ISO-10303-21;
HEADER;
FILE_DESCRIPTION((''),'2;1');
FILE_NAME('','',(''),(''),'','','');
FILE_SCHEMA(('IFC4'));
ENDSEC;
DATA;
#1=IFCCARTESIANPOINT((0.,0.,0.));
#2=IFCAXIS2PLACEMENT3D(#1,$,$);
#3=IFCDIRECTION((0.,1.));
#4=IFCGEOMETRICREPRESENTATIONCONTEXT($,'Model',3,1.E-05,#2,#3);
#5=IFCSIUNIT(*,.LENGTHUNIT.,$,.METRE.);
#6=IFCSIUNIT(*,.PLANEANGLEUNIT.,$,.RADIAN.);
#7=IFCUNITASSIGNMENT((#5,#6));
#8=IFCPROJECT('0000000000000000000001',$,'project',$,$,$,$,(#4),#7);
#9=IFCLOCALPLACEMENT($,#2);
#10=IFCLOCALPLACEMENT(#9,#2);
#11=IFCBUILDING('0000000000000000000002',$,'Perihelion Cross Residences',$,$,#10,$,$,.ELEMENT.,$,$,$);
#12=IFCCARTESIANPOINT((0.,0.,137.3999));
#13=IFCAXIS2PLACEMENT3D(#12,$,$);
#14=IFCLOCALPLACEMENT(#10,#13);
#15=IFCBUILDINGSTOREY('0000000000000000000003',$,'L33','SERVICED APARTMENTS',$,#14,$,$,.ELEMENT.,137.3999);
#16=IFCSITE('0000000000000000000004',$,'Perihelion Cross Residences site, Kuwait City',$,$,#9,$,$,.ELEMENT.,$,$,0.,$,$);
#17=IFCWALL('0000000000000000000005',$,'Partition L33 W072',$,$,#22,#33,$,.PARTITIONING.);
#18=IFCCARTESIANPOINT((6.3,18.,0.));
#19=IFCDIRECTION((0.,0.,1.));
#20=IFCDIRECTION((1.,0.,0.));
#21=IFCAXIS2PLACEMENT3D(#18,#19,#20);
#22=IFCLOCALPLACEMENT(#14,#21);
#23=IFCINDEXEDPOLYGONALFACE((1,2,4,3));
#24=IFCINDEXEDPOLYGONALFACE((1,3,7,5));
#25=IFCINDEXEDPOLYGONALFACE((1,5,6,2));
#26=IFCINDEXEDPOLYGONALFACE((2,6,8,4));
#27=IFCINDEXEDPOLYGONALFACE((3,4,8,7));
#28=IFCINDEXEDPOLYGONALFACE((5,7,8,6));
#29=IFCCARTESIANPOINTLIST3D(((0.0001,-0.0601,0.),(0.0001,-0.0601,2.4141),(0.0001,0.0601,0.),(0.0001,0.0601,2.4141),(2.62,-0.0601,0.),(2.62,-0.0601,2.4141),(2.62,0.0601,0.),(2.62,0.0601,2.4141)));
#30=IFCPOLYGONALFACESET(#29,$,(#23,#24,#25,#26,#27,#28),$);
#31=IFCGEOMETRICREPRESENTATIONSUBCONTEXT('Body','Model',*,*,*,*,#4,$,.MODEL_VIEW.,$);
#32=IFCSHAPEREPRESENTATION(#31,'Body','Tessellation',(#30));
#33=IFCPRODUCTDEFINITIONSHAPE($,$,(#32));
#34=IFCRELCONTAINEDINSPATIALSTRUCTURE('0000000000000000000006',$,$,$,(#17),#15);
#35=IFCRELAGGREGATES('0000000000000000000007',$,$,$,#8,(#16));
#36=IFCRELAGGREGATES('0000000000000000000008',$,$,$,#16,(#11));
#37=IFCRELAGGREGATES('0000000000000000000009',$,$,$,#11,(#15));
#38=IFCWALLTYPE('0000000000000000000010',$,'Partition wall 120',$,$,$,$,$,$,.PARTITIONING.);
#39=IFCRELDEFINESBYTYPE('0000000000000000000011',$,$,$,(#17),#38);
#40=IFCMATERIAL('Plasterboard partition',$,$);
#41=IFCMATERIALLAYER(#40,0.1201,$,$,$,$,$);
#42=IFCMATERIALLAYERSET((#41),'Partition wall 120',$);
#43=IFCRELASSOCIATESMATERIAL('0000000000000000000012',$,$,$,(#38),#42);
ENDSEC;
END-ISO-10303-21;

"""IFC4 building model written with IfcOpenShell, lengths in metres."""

from ifc_helpers import new_model, si_unit, direction, frame, frame_2d, origin, place, context, subcontext, project, spatial, rectangle, extrude, material, layer, layer_set, type_object, element, save


model = new_model("IFC4")

# Units and contexts
model_context = context("Model", 3, precision=1e-05, world=origin(), true_north=direction((0.0, 1.0)))
body_context = subcontext(model_context, "Body", "Model", "MODEL_VIEW")
ifc_project = project(units=[si_unit("LENGTHUNIT", "METRE"), si_unit("PLANEANGLEUNIT", "RADIAN")], contexts=[model_context])

# Site, building, storey
site_placement = place(None, origin())
site = spatial("IfcSite", under=ifc_project, at=site_placement, Name="Perihelion Cross Residences site, Kuwait City", CompositionType="ELEMENT", RefElevation=0.0)
building_placement = place(site_placement, origin())
building = spatial("IfcBuilding", under=site, at=building_placement, Name="Perihelion Cross Residences", CompositionType="ELEMENT")
storey_placement = place(building_placement, frame((0.0, 0.0, 137.3999)))
storey = spatial("IfcBuildingStorey", under=building, at=storey_placement, Name="L33", Description="SERVICED APARTMENTS", CompositionType="ELEMENT", Elevation=137.3999)

# Wall
ifc_material_1 = material(Name="Plasterboard partition")
ifc_layer_1 = layer(ifc_material_1, 0.1201)
ifc_layer_set_1 = layer_set([ifc_layer_1], Name="Partition wall 120")
wall_type_1 = type_object("IfcWallType", Name="Partition wall 120", PredefinedType="PARTITIONING", material=ifc_layer_set_1)
wall_1_placement = place(storey_placement, frame((6.3, 18.0, 0.0), z_axis=(0.0, 0.0, 1.0), x_axis=(1.0, 0.0, 0.0)))
element("IfcWall", 1, at=wall_1_placement, inside=storey, type_object=wall_type_1, Name="Partition L33 W072", PredefinedType="PARTITIONING", context=body_context, shape_type="SweptSolid", body=[
    extrude(rectangle(XDim=2.6199, YDim=0.1201, at=frame_2d((1.3101, 0.0))), origin(), (0.0, 0.0, 1.0), 2.4141),
])

save(model, "model.ifc")
